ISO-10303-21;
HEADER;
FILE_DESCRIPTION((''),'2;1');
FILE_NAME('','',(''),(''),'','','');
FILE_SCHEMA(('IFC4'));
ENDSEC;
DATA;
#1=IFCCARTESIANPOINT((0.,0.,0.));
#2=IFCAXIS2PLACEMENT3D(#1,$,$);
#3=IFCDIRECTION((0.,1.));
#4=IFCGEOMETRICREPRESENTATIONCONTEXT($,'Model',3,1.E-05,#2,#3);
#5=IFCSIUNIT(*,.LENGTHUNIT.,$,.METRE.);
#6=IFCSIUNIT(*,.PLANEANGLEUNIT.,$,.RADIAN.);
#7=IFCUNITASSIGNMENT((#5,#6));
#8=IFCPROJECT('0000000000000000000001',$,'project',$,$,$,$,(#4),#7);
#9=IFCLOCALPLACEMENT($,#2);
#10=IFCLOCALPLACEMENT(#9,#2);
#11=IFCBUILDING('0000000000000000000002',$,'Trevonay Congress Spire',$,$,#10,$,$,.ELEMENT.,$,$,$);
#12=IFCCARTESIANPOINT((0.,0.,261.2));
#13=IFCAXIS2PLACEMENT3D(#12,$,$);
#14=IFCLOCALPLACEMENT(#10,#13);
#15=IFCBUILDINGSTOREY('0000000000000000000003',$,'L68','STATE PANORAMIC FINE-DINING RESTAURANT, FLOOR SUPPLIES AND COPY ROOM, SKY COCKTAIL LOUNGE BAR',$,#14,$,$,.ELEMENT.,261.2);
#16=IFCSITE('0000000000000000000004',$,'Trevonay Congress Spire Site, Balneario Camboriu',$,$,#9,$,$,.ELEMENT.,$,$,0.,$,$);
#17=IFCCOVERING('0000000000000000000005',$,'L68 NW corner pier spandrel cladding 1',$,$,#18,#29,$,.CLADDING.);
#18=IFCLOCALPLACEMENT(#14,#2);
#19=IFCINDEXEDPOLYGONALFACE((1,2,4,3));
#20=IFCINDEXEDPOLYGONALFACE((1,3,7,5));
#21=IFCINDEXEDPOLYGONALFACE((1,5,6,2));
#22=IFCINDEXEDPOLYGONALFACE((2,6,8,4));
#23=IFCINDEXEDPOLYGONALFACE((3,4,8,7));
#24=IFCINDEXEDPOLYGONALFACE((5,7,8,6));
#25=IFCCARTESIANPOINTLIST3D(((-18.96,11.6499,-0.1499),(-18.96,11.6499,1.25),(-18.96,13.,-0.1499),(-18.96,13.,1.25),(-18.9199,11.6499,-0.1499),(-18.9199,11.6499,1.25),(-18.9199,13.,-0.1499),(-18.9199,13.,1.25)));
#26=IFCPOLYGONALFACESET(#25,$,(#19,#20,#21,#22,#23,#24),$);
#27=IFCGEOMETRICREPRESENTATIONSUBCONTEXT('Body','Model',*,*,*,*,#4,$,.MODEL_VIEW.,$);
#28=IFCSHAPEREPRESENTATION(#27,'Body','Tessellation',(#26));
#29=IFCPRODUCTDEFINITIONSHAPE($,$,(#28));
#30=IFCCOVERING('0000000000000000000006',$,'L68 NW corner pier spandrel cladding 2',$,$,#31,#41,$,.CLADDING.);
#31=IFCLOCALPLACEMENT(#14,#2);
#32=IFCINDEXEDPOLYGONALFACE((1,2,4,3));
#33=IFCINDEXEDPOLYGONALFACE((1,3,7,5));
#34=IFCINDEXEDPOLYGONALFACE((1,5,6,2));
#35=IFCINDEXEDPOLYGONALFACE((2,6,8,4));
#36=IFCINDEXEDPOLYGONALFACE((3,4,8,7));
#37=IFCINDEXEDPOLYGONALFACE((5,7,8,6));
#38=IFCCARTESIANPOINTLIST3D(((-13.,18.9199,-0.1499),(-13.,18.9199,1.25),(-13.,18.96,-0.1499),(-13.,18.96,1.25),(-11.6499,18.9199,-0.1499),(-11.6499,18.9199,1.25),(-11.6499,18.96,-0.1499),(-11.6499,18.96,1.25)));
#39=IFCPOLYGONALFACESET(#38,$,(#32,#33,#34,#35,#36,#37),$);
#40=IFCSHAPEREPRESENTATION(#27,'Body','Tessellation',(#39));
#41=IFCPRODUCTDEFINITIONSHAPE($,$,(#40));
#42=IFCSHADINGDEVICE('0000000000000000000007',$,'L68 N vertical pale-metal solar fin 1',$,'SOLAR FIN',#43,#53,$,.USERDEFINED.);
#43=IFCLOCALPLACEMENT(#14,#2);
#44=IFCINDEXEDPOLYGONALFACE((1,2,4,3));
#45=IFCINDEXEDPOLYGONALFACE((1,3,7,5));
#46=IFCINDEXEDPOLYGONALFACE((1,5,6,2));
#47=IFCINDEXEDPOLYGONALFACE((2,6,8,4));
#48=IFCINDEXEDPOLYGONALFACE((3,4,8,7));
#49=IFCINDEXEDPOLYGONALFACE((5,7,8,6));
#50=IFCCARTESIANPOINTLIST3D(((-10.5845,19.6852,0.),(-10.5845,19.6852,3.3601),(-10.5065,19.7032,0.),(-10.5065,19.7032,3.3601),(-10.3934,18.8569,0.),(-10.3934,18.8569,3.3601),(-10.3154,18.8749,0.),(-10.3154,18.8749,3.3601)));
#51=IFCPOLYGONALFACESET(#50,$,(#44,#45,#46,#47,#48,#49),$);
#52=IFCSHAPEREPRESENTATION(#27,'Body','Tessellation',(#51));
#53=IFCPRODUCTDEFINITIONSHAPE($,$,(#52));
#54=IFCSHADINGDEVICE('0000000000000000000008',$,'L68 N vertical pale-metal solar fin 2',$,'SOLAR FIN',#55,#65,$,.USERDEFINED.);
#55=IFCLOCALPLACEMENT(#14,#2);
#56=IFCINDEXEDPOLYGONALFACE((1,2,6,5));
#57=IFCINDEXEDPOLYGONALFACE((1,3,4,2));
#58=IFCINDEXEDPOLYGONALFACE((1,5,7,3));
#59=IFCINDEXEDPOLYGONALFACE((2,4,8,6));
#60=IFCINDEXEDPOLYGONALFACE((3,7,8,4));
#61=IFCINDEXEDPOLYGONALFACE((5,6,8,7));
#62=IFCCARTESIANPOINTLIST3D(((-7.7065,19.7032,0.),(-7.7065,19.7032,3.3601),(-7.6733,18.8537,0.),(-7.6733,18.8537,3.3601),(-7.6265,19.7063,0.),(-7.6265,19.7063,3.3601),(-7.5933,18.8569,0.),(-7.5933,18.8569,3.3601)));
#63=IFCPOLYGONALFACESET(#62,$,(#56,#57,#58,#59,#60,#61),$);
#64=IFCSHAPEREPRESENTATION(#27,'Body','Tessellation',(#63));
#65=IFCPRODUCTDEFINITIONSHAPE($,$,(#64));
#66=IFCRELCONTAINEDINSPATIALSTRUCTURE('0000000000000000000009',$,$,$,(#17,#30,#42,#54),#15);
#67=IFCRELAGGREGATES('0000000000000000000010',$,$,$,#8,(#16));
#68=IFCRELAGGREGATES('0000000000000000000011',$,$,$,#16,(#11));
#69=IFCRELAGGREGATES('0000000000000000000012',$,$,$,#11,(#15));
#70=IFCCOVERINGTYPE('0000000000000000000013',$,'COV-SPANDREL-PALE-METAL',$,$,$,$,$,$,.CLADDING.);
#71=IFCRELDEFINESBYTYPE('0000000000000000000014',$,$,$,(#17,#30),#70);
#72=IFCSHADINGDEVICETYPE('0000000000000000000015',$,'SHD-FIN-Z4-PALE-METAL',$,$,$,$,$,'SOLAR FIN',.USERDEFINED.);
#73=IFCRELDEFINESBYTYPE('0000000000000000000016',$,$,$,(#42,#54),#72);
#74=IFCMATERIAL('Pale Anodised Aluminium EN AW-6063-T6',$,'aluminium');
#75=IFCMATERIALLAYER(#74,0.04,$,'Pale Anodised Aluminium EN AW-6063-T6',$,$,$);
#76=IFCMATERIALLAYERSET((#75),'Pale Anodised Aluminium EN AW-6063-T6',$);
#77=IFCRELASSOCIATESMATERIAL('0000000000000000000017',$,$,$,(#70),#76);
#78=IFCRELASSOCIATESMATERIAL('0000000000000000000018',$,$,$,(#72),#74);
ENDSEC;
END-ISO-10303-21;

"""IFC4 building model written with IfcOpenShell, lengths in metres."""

from ifc_helpers import new_model, si_unit, direction, frame, frame_2d, origin, origin_2d, place, context, subcontext, project, spatial, rectangle, extrude, material, layer, layer_set, type_object, element, save


model = new_model("IFC4")

# Units and contexts
model_context = context("Model", 3, precision=1e-05, world=origin(), true_north=direction((0.0, 1.0)))
body_context = subcontext(model_context, "Body", "Model", "MODEL_VIEW")
ifc_project = project(units=[si_unit("LENGTHUNIT", "METRE"), si_unit("PLANEANGLEUNIT", "RADIAN")], contexts=[model_context])

# Site, building, storey
site_placement = place(None, origin())
site = spatial("IfcSite", under=ifc_project, at=site_placement, Name="Trevonay Congress Spire Site, Balneario Camboriu", CompositionType="ELEMENT", RefElevation=0.0)
building_placement = place(site_placement, origin())
building = spatial("IfcBuilding", under=site, at=building_placement, Name="Trevonay Congress Spire", CompositionType="ELEMENT")
storey_placement = place(building_placement, frame((0.0, 0.0, 261.2)))
storey = spatial("IfcBuildingStorey", under=building, at=storey_placement, Name="L68", Description="STATE PANORAMIC FINE-DINING RESTAURANT, FLOOR SUPPLIES AND COPY ROOM, SKY COCKTAIL LOUNGE BAR", CompositionType="ELEMENT", Elevation=261.2)

# Shared definitions
ifc_material_1 = material(Name="Pale Anodised Aluminium EN AW-6063-T6", Category="aluminium")

# Coverings
ifc_layer_1 = layer(ifc_material_1, 0.04, Name="Pale Anodised Aluminium EN AW-6063-T6")
ifc_layer_set_1 = layer_set([ifc_layer_1], Name="Pale Anodised Aluminium EN AW-6063-T6")
covering_type = type_object("IfcCoveringType", Name="COV-SPANDREL-PALE-METAL", PredefinedType="CLADDING", material=ifc_layer_set_1)
for number, where, z_axis, x_axis, name in (
    (1, (-18.9399, 11.6499, -0.1499), (0.0, 0.0, 1.0), (0.0, 1.0, 0.0), "L68 NW corner pier spandrel cladding 1"),
    (2, (-11.6499, 18.9399, -0.1499), (0.0, 0.0, 1.0), (-1.0, 0.0, 0.0), "L68 NW corner pier spandrel cladding 2"),
):
    element("IfcCovering", number, at=place(storey_placement, frame(where, z_axis=z_axis, x_axis=x_axis)), inside=storey, type_object=covering_type, Name=name, PredefinedType="CLADDING", context=body_context, shape_type="SweptSolid", body=[
        extrude(rectangle(XDim=1.3501, YDim=0.04, at=frame_2d((0.675, 0.0))), origin(), (0.0, 0.0, 1.0), 1.3999),
    ])

# Shading devices
shading_device_type = type_object("IfcShadingDeviceType", Name="SHD-FIN-Z4-PALE-METAL", ElementType="SOLAR FIN", PredefinedType="USERDEFINED", material=ifc_material_1)
for number, where, z_axis, x_axis, name in (
    (3, (-10.45, 19.28, 0.0), (0.0, 0.0, 1.0), (0.974409, 0.224781, 0.0), "L68 N vertical pale-metal solar fin 1"),
    (4, (-7.6499, 19.28, 0.0), (0.0, 0.0, 1.0), (0.999236, 0.039085, 0.0), "L68 N vertical pale-metal solar fin 2"),
):
    element("IfcShadingDevice", number, at=place(storey_placement, frame(where, z_axis=z_axis, x_axis=x_axis)), inside=storey, type_object=shading_device_type, Name=name, ObjectType="SOLAR FIN", PredefinedType="USERDEFINED", context=body_context, shape_type="SweptSolid", body=[
        extrude(rectangle(XDim=0.0801, YDim=0.8501, at=origin_2d()), origin(), (0.0, 0.0, 1.0), 3.3601),
    ])

save(model, "model.ifc")
